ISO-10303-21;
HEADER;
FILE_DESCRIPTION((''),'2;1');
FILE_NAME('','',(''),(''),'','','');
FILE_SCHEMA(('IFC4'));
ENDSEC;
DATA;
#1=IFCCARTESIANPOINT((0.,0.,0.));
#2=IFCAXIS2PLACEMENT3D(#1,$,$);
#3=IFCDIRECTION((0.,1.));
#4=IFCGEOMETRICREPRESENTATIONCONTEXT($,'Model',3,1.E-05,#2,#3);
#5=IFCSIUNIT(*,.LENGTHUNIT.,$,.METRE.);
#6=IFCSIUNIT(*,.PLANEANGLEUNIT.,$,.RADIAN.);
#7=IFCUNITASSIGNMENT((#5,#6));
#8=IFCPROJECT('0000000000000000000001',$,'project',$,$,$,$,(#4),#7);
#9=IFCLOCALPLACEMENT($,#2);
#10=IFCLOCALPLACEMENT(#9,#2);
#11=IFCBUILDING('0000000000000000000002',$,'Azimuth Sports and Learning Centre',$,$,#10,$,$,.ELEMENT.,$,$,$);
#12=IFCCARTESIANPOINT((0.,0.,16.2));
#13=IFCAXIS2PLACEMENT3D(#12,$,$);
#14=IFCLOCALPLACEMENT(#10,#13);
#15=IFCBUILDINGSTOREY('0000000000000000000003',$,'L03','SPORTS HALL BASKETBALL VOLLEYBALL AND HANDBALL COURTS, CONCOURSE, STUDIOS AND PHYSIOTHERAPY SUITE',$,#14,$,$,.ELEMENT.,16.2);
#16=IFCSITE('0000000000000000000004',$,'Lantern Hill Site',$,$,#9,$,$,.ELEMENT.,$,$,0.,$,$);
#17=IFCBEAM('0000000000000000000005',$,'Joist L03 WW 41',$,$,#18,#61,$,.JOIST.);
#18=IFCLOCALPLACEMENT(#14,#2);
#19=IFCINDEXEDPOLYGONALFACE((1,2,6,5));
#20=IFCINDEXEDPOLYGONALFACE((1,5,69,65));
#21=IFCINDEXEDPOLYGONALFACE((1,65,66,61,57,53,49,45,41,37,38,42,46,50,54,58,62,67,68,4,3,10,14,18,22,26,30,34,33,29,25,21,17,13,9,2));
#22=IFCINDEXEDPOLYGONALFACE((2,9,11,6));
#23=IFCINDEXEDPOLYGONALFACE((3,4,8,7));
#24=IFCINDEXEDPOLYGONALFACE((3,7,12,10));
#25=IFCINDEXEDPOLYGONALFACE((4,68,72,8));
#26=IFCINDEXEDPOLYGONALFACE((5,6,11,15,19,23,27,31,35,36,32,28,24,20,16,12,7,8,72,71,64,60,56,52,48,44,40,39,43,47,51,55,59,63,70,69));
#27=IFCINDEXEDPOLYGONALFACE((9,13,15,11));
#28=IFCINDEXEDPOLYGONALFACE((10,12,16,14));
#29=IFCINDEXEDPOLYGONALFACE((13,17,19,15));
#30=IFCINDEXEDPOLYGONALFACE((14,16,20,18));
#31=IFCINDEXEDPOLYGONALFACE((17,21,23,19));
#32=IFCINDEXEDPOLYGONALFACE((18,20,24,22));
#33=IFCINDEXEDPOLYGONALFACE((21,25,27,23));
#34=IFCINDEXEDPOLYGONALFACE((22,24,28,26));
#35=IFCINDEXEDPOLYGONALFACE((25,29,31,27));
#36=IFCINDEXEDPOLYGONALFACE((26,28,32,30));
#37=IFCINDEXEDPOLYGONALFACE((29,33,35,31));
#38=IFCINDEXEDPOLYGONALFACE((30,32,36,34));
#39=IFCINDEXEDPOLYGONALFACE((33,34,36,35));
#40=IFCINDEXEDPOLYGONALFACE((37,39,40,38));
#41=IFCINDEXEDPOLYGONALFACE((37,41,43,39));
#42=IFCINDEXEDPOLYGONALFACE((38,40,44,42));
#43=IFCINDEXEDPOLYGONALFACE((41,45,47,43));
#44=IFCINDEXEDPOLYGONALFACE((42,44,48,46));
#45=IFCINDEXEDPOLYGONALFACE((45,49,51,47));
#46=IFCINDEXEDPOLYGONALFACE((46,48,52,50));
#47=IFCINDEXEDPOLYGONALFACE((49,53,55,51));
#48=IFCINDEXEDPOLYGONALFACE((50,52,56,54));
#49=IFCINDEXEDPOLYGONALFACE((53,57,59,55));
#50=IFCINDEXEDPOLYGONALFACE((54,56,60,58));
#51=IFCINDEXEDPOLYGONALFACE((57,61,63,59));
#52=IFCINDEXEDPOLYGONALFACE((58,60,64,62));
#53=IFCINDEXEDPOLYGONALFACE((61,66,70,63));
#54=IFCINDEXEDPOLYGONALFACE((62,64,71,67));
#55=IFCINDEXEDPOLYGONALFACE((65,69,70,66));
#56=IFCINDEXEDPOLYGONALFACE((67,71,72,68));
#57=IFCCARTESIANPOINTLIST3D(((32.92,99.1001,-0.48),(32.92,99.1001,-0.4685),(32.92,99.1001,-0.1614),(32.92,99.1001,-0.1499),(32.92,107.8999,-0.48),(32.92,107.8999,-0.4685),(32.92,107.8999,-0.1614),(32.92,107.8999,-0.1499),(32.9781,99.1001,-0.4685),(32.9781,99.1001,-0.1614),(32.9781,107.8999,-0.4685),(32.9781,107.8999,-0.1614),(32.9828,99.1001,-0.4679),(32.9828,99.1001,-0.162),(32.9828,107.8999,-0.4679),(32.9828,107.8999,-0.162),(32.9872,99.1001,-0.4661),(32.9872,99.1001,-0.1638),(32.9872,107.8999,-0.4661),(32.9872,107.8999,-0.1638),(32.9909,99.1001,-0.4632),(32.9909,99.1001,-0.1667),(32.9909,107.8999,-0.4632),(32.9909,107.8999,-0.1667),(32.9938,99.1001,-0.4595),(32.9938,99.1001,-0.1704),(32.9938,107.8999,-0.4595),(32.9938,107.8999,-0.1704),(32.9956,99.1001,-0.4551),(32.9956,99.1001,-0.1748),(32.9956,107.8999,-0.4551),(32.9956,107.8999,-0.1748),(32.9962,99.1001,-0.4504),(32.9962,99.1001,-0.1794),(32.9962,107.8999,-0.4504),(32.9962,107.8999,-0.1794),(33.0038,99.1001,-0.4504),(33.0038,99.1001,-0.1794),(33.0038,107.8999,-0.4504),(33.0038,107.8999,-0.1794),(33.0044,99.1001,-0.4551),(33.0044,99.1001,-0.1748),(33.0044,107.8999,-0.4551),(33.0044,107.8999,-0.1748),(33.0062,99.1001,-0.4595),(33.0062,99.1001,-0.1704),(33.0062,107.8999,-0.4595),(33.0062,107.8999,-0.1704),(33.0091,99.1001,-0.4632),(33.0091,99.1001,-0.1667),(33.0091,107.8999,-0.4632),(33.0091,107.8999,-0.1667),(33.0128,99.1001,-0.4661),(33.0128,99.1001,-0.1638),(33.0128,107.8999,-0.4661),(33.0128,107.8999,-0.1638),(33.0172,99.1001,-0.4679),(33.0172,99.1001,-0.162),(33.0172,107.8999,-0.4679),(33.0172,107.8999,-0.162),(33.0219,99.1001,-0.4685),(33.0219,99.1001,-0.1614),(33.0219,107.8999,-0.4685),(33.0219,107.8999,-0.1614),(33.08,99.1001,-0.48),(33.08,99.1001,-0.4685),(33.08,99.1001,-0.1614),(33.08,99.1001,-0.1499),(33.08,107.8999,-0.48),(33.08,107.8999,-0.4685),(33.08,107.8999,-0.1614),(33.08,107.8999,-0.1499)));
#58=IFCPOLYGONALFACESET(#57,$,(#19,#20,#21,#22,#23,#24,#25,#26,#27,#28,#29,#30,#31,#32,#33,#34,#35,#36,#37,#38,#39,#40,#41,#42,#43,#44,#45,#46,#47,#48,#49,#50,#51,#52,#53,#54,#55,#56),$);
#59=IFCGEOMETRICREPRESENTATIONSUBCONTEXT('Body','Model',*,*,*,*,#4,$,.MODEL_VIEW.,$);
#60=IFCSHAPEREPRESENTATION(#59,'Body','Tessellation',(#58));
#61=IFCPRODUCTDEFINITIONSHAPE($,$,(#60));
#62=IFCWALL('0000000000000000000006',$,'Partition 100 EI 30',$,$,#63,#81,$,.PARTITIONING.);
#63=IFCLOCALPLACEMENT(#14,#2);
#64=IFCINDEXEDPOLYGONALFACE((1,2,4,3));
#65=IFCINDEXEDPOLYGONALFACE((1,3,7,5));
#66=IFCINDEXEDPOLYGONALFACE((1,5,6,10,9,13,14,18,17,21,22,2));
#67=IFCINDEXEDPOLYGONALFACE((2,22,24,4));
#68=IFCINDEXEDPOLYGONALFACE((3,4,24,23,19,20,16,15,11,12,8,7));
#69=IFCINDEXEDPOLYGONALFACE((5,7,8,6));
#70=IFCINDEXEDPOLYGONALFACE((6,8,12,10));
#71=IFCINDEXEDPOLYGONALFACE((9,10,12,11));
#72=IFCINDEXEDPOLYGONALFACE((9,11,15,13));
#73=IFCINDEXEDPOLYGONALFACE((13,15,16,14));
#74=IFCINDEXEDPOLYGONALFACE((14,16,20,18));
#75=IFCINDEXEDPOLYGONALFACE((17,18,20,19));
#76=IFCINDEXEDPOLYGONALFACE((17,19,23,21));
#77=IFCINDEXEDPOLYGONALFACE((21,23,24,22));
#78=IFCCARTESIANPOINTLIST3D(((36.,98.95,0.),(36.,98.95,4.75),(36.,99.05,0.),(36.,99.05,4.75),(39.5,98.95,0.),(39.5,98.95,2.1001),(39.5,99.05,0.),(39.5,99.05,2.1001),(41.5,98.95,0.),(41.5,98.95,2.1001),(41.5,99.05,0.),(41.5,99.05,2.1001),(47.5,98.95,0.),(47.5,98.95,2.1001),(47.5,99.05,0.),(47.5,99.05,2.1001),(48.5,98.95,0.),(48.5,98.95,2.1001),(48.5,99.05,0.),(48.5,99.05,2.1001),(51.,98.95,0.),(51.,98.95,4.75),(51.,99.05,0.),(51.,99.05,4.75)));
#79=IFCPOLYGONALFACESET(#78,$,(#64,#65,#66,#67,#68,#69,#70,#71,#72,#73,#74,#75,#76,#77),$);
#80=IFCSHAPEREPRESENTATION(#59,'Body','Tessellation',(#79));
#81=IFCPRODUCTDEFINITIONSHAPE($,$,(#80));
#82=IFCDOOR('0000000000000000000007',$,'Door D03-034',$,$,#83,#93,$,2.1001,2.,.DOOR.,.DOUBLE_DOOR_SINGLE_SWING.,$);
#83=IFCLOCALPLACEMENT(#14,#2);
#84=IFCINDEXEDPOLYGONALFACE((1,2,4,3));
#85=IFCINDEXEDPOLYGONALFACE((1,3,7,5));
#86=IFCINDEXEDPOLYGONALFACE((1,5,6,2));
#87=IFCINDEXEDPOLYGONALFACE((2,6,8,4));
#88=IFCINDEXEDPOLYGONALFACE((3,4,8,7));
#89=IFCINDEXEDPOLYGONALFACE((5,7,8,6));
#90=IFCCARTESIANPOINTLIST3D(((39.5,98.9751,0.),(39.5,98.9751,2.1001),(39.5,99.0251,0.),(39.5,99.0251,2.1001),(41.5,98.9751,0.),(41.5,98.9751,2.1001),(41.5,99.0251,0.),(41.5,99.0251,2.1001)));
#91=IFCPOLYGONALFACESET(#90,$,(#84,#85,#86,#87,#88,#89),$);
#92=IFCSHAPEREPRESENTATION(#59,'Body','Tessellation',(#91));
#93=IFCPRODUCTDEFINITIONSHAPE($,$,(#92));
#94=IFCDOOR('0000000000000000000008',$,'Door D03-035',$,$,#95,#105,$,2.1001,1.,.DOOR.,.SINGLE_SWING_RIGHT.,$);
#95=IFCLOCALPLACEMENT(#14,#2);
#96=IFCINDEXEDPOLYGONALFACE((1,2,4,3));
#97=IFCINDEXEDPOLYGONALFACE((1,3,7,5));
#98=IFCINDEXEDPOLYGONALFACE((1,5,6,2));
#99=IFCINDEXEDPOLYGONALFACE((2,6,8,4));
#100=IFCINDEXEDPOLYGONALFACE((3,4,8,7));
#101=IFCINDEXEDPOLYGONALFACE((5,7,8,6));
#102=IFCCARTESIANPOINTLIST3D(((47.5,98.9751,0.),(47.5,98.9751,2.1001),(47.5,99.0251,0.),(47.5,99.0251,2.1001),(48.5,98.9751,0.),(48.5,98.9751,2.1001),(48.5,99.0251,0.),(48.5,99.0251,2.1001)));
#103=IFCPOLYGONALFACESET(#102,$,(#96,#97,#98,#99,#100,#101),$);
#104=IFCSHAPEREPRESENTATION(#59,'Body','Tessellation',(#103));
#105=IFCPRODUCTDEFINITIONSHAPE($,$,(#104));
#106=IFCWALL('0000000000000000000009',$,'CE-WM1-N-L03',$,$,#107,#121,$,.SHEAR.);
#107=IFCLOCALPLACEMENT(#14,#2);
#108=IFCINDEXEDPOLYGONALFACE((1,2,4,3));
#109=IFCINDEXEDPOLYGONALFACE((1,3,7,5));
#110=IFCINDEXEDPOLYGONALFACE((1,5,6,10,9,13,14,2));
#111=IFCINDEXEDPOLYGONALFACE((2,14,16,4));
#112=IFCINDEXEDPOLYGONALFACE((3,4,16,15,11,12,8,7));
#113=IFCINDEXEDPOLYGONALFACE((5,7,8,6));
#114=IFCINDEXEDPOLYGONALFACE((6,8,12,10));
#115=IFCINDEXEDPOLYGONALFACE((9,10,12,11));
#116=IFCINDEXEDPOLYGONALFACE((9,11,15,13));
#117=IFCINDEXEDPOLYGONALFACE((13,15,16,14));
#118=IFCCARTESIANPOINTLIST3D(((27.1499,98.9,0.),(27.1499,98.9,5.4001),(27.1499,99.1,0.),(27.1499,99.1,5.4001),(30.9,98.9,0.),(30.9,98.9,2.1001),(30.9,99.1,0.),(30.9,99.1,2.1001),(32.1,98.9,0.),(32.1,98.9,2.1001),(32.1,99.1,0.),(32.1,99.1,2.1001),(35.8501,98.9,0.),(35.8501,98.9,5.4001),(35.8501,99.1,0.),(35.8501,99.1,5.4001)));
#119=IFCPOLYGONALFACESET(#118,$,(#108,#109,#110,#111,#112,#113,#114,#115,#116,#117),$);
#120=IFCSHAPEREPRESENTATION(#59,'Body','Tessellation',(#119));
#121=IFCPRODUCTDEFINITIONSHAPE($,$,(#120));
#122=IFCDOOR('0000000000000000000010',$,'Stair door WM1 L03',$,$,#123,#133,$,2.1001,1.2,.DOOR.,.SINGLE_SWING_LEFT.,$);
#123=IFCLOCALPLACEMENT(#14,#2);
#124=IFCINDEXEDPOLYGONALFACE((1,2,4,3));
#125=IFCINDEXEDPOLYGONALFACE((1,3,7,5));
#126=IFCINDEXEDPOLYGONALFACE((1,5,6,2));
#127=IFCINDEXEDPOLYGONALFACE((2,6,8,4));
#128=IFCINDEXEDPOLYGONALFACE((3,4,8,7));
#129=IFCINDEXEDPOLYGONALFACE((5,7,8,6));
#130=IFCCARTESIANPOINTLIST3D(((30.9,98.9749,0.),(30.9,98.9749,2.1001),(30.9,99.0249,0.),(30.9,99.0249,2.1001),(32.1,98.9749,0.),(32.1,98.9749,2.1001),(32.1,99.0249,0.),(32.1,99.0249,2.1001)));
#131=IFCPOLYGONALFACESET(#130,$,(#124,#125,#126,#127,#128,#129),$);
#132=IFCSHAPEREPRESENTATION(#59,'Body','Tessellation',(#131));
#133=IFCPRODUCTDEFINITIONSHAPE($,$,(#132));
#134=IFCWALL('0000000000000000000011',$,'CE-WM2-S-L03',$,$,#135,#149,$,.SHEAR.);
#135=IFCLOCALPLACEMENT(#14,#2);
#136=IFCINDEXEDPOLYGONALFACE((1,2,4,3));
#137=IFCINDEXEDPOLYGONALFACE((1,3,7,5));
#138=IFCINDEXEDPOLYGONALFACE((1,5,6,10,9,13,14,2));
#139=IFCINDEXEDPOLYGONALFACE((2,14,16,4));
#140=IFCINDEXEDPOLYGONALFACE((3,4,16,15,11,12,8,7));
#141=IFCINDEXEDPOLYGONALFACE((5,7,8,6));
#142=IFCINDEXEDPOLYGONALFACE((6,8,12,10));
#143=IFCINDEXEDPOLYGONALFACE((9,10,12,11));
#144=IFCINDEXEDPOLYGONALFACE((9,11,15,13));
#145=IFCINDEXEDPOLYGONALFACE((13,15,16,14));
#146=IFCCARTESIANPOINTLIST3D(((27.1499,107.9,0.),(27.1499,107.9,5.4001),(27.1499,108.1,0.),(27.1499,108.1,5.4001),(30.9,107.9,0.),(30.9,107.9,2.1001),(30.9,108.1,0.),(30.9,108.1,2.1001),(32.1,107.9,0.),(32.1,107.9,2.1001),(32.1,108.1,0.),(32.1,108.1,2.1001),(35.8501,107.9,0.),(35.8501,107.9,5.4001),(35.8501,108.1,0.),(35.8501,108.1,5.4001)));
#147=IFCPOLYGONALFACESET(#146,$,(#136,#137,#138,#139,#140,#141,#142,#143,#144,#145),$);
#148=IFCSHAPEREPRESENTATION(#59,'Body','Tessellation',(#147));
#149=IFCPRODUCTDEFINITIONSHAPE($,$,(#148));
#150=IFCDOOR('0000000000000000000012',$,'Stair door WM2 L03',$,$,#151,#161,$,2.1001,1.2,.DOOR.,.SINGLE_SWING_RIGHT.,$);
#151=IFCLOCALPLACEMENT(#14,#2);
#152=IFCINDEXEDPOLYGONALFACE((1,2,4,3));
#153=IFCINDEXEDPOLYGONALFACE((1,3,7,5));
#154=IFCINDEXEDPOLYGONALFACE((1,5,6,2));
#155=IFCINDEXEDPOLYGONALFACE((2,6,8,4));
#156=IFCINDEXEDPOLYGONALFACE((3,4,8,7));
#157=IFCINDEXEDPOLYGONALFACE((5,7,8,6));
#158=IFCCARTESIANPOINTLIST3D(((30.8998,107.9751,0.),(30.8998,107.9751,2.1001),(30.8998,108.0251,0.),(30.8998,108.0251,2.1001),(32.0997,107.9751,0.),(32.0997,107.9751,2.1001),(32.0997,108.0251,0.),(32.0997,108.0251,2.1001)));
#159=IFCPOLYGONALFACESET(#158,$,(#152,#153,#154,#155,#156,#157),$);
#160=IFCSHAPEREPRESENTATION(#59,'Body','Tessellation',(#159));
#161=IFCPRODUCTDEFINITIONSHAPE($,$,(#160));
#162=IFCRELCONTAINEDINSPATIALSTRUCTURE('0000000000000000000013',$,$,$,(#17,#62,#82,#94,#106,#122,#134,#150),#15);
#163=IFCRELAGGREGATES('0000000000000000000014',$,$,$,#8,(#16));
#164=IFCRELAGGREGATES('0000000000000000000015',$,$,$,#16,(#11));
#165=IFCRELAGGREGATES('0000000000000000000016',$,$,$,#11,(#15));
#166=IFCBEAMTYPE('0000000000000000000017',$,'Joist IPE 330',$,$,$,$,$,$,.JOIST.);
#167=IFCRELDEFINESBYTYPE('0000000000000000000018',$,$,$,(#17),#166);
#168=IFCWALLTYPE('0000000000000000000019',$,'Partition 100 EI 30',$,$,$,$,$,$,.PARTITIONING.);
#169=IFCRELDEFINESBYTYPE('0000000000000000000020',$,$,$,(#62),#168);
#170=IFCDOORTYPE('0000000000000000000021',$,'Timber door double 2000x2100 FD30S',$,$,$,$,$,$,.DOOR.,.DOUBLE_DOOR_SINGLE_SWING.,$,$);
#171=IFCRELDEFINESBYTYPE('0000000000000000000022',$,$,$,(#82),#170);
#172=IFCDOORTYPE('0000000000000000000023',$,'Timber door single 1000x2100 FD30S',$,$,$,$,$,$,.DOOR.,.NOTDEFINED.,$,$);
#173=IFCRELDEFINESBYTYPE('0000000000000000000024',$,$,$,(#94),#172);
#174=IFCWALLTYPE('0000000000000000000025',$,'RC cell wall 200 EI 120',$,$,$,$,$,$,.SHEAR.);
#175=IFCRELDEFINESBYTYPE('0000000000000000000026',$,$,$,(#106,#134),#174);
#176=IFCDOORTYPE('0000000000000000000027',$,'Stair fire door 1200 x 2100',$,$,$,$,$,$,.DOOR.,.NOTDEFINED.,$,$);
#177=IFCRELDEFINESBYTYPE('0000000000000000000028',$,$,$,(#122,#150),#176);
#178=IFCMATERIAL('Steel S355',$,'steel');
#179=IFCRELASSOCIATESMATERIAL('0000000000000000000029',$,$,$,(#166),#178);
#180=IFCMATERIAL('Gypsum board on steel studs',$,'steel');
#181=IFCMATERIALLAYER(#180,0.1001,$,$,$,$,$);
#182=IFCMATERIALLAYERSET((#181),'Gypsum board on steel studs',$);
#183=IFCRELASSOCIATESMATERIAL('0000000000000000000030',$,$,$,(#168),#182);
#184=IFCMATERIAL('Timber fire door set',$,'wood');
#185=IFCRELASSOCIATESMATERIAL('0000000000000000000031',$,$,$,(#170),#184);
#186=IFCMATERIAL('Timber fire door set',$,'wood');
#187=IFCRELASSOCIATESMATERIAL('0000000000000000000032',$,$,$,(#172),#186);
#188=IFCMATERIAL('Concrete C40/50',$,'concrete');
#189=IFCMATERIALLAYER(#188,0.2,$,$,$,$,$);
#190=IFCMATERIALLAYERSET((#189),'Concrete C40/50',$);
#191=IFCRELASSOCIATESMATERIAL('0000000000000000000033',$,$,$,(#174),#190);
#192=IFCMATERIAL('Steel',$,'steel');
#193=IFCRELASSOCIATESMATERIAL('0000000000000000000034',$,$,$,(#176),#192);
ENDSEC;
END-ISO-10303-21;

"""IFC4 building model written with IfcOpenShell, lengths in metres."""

from ifc_helpers import new_model, si_unit, direction, frame, frame_2d, origin, origin_2d, place, context, subcontext, project, spatial, rectangle, i_section, extrude, material, layer, layer_set, material_profile, profile_set, type_object, element, fill, save


model = new_model("IFC4")

# Units and contexts
model_context = context("Model", 3, precision=1e-05, world=origin(), true_north=direction((0.0, 1.0)))
body_context = subcontext(model_context, "Body", "Model", "MODEL_VIEW")
ifc_project = project(units=[si_unit("LENGTHUNIT", "METRE"), si_unit("PLANEANGLEUNIT", "RADIAN")], contexts=[model_context])

# Site, building, storey
site_placement = place(None, origin())
site = spatial("IfcSite", under=ifc_project, at=site_placement, Name="Lantern Hill Site", CompositionType="ELEMENT", RefElevation=0.0)
building_placement = place(site_placement, origin())
building = spatial("IfcBuilding", under=site, at=building_placement, Name="Azimuth Sports and Learning Centre", CompositionType="ELEMENT")
storey_placement = place(building_placement, frame((0.0, 0.0, 16.2)))
storey = spatial("IfcBuildingStorey", under=building, at=storey_placement, Name="L03", Description="SPORTS HALL BASKETBALL VOLLEYBALL AND HANDBALL COURTS, CONCOURSE, STUDIOS AND PHYSIOTHERAPY SUITE", CompositionType="ELEMENT", Elevation=16.2)

# Beam
ifc_material_1 = material(Name="Steel S355", Category="steel")
ifc_material_profile_1 = material_profile(ifc_material_1, i_section(OverallWidth=0.1599, OverallDepth=0.3301, WebThickness=0.0076, FlangeThickness=0.0115, FilletRadius=0.0181, at=origin_2d()), Name="IPE 330")
ifc_profile_set_1 = profile_set([ifc_material_profile_1], Name="Steel S355")
beam_type_1 = type_object("IfcBeamType", Name="Joist IPE 330", PredefinedType="JOIST", material=ifc_profile_set_1)
for number, where, z_axis, x_axis, name in (
    (1, (33.0, 99.1001, -0.3149), (0.0, 1.0, 0.0), (-1.0, 0.0, 0.0), "Joist L03 WW 41"),
):
    element("IfcBeam", number, at=place(storey_placement, frame(where, z_axis=z_axis, x_axis=x_axis)), inside=storey, type_object=beam_type_1, Name=name, PredefinedType="JOIST", context=body_context, shape_type="SweptSolid", body=[
        extrude(i_section(OverallWidth=0.1599, OverallDepth=0.3301, WebThickness=0.0076, FlangeThickness=0.0115, FilletRadius=0.0181, at=origin_2d()), origin(), (0.0, 0.0, 1.0), 8.7998),
    ])

# Wall, openings, doors
ifc_material_2 = material(Name="Gypsum board on steel studs", Category="steel")
ifc_layer_1 = layer(ifc_material_2, 0.1001)
ifc_layer_set_1 = layer_set([ifc_layer_1], Name="Gypsum board on steel studs")
wall_type_1 = type_object("IfcWallType", Name="Partition 100 EI 30", PredefinedType="PARTITIONING", material=ifc_layer_set_1)
wall_1_placement = place(storey_placement, frame((36.0, 99.0, 0.0), z_axis=(0.0, 0.0, 1.0), x_axis=(1.0, 0.0, 0.0)))
wall_1 = element("IfcWall", 2, at=wall_1_placement, inside=storey, type_object=wall_type_1, Name="Partition 100 EI 30", PredefinedType="PARTITIONING", context=body_context, shape_type="SweptSolid", body=[
    extrude(rectangle(XDim=15.0, YDim=0.1001, at=frame_2d((7.5, 0.0))), origin(), (0.0, 0.0, 1.0), 4.75),
])
opening_1_placement = place(wall_1_placement, frame((3.5, 0.0, 0.0)))
opening_1 = element("IfcOpeningElement", 3, at=opening_1_placement, cuts=wall_1, PredefinedType="OPENING", context=body_context, shape_type="SweptSolid", body=[
    extrude(rectangle(XDim=2.0, YDim=2.1001, at=frame_2d((1.0, 1.05))), frame((0.0, 0.061, 0.0), z_axis=(0.0, -1.0, 0.0), x_axis=(1.0, 0.0, 0.0)), (0.0, 0.0, 1.0), 0.1221),
])
opening_2_placement = place(wall_1_placement, frame((11.5, 0.0, 0.0)))
opening_2 = element("IfcOpeningElement", 4, at=opening_2_placement, cuts=wall_1, PredefinedType="OPENING", context=body_context, shape_type="SweptSolid", body=[
    extrude(rectangle(XDim=1.0, YDim=2.1001, at=frame_2d((0.5, 1.05))), frame((0.0, 0.061, 0.0), z_axis=(0.0, -1.0, 0.0), x_axis=(1.0, 0.0, 0.0)), (0.0, 0.0, 1.0), 0.1221),
])
ifc_material_3 = material(Name="Timber fire door set", Category="wood")
door_type_1 = type_object("IfcDoorType", Name="Timber door double 2000x2100 FD30S", OperationType="DOUBLE_DOOR_SINGLE_SWING", PredefinedType="DOOR", material=ifc_material_3)
door_1_placement = place(opening_1_placement, frame((2.0, 0.0, 0.0), z_axis=(0.0, 0.0, 1.0), x_axis=(-1.0, 0.0, 0.0)))
door_1 = element("IfcDoor", 5, at=door_1_placement, inside=storey, type_object=door_type_1, Name="Door D03-034", OperationType="DOUBLE_DOOR_SINGLE_SWING", OverallHeight=2.1001, OverallWidth=2.0, PredefinedType="DOOR", context=body_context, shape_type="SweptSolid", body=[
    extrude(rectangle(XDim=2.0, YDim=2.1001, at=frame_2d((1.0, 1.05))), frame((0.0, 0.0249, 0.0), z_axis=(0.0, -1.0, 0.0), x_axis=(1.0, 0.0, 0.0)), (0.0, 0.0, 1.0), 0.05),
])
fill(opening_1, door_1)
ifc_material_4 = material(Name="Timber fire door set", Category="wood")
door_type_2 = type_object("IfcDoorType", Name="Timber door single 1000x2100 FD30S", OperationType="NOTDEFINED", PredefinedType="DOOR", material=ifc_material_4)
door_2_placement = place(opening_2_placement, frame((1.0, 0.0, 0.0), z_axis=(0.0, 0.0, 1.0), x_axis=(-1.0, 0.0, 0.0)))
door_2 = element("IfcDoor", 6, at=door_2_placement, inside=storey, type_object=door_type_2, Name="Door D03-035", OperationType="SINGLE_SWING_RIGHT", OverallHeight=2.1001, OverallWidth=1.0, PredefinedType="DOOR", context=body_context, shape_type="SweptSolid", body=[
    extrude(rectangle(XDim=1.0, YDim=2.1001, at=frame_2d((0.5, 1.05))), frame((0.0, 0.0249, 0.0), z_axis=(0.0, -1.0, 0.0), x_axis=(1.0, 0.0, 0.0)), (0.0, 0.0, 1.0), 0.05),
])
fill(opening_2, door_2)

# Walls, openings, doors
ifc_material_5 = material(Name="Concrete C40/50", Category="concrete")
ifc_layer_2 = layer(ifc_material_5, 0.2)
ifc_layer_set_2 = layer_set([ifc_layer_2], Name="Concrete C40/50")
wall_type_2 = type_object("IfcWallType", Name="RC cell wall 200 EI 120", PredefinedType="SHEAR", material=ifc_layer_set_2)
wall_2_placement = place(storey_placement, frame((27.1499, 99.0, 0.0), z_axis=(0.0, 0.0, 1.0), x_axis=(1.0, 0.0, 0.0)))
wall_2 = element("IfcWall", 7, at=wall_2_placement, inside=storey, type_object=wall_type_2, Name="CE-WM1-N-L03", PredefinedType="SHEAR", context=body_context, shape_type="SweptSolid", body=[
    extrude(rectangle(XDim=8.7002, YDim=0.2, at=frame_2d((4.3501, 0.0))), origin(), (0.0, 0.0, 1.0), 5.4001),
])
opening_3_placement = place(wall_2_placement, frame((3.75, 0.0, 0.0)))
opening_3 = element("IfcOpeningElement", 8, at=opening_3_placement, cuts=wall_2, PredefinedType="OPENING", context=body_context, shape_type="SweptSolid", body=[
    extrude(rectangle(XDim=1.2, YDim=2.1001, at=frame_2d((0.6001, 1.05))), frame((0.0, 0.1108, 0.0), z_axis=(0.0, -1.0, 0.0), x_axis=(1.0, 0.0, 0.0)), (0.0, 0.0, 1.0), 0.2219),
])
ifc_material_6 = material(Name="Steel", Category="steel")
door_type_3 = type_object("IfcDoorType", Name="Stair fire door 1200 x 2100", OperationType="NOTDEFINED", PredefinedType="DOOR", material=ifc_material_6)
door_3_placement = place(opening_3_placement, origin())
door_3 = element("IfcDoor", 9, at=door_3_placement, inside=storey, type_object=door_type_3, Name="Stair door WM1 L03", OperationType="SINGLE_SWING_LEFT", OverallHeight=2.1001, OverallWidth=1.2, PredefinedType="DOOR", context=body_context, shape_type="SweptSolid", body=[
    extrude(rectangle(XDim=1.2, YDim=2.1001, at=frame_2d((0.6001, 1.05))), frame((0.0, 0.0249, 0.0), z_axis=(0.0, -1.0, 0.0), x_axis=(1.0, 0.0, 0.0)), (0.0, 0.0, 1.0), 0.05),
])
fill(opening_3, door_3)
wall_3_placement = place(storey_placement, frame((27.1499, 108.0, 0.0), z_axis=(0.0, 0.0, 1.0), x_axis=(1.0, 0.0, 0.0)))
wall_3 = element("IfcWall", 10, at=wall_3_placement, inside=storey, type_object=wall_type_2, Name="CE-WM2-S-L03", PredefinedType="SHEAR", context=body_context, shape_type="SweptSolid", body=[
    extrude(rectangle(XDim=8.7002, YDim=0.2, at=frame_2d((4.3501, 0.0))), origin(), (0.0, 0.0, 1.0), 5.4001),
])
opening_4_placement = place(wall_3_placement, frame((3.75, 0.0, 0.0)))
opening_4 = element("IfcOpeningElement", 11, at=opening_4_placement, cuts=wall_3, PredefinedType="OPENING", context=body_context, shape_type="SweptSolid", body=[
    extrude(rectangle(XDim=1.2, YDim=2.1001, at=frame_2d((0.6001, 1.05))), frame((0.0, 0.1108, 0.0), z_axis=(0.0, -1.0, 0.0), x_axis=(1.0, 0.0, 0.0)), (0.0, 0.0, 1.0), 0.2219),
])
door_4_placement = place(opening_4_placement, frame((1.2, 0.0, 0.0), z_axis=(0.0, 0.0, 1.0), x_axis=(-1.0, 0.0, 0.0)))
door_4 = element("IfcDoor", 12, at=door_4_placement, inside=storey, type_object=door_type_3, Name="Stair door WM2 L03", OperationType="SINGLE_SWING_RIGHT", OverallHeight=2.1001, OverallWidth=1.2, PredefinedType="DOOR", context=body_context, shape_type="SweptSolid", body=[
    extrude(rectangle(XDim=1.2, YDim=2.1001, at=frame_2d((0.6001, 1.05))), frame((0.0, 0.0249, 0.0), z_axis=(0.0, -1.0, 0.0), x_axis=(1.0, 0.0, 0.0)), (0.0, 0.0, 1.0), 0.05),
])
fill(opening_4, door_4)

save(model, "model.ifc")
